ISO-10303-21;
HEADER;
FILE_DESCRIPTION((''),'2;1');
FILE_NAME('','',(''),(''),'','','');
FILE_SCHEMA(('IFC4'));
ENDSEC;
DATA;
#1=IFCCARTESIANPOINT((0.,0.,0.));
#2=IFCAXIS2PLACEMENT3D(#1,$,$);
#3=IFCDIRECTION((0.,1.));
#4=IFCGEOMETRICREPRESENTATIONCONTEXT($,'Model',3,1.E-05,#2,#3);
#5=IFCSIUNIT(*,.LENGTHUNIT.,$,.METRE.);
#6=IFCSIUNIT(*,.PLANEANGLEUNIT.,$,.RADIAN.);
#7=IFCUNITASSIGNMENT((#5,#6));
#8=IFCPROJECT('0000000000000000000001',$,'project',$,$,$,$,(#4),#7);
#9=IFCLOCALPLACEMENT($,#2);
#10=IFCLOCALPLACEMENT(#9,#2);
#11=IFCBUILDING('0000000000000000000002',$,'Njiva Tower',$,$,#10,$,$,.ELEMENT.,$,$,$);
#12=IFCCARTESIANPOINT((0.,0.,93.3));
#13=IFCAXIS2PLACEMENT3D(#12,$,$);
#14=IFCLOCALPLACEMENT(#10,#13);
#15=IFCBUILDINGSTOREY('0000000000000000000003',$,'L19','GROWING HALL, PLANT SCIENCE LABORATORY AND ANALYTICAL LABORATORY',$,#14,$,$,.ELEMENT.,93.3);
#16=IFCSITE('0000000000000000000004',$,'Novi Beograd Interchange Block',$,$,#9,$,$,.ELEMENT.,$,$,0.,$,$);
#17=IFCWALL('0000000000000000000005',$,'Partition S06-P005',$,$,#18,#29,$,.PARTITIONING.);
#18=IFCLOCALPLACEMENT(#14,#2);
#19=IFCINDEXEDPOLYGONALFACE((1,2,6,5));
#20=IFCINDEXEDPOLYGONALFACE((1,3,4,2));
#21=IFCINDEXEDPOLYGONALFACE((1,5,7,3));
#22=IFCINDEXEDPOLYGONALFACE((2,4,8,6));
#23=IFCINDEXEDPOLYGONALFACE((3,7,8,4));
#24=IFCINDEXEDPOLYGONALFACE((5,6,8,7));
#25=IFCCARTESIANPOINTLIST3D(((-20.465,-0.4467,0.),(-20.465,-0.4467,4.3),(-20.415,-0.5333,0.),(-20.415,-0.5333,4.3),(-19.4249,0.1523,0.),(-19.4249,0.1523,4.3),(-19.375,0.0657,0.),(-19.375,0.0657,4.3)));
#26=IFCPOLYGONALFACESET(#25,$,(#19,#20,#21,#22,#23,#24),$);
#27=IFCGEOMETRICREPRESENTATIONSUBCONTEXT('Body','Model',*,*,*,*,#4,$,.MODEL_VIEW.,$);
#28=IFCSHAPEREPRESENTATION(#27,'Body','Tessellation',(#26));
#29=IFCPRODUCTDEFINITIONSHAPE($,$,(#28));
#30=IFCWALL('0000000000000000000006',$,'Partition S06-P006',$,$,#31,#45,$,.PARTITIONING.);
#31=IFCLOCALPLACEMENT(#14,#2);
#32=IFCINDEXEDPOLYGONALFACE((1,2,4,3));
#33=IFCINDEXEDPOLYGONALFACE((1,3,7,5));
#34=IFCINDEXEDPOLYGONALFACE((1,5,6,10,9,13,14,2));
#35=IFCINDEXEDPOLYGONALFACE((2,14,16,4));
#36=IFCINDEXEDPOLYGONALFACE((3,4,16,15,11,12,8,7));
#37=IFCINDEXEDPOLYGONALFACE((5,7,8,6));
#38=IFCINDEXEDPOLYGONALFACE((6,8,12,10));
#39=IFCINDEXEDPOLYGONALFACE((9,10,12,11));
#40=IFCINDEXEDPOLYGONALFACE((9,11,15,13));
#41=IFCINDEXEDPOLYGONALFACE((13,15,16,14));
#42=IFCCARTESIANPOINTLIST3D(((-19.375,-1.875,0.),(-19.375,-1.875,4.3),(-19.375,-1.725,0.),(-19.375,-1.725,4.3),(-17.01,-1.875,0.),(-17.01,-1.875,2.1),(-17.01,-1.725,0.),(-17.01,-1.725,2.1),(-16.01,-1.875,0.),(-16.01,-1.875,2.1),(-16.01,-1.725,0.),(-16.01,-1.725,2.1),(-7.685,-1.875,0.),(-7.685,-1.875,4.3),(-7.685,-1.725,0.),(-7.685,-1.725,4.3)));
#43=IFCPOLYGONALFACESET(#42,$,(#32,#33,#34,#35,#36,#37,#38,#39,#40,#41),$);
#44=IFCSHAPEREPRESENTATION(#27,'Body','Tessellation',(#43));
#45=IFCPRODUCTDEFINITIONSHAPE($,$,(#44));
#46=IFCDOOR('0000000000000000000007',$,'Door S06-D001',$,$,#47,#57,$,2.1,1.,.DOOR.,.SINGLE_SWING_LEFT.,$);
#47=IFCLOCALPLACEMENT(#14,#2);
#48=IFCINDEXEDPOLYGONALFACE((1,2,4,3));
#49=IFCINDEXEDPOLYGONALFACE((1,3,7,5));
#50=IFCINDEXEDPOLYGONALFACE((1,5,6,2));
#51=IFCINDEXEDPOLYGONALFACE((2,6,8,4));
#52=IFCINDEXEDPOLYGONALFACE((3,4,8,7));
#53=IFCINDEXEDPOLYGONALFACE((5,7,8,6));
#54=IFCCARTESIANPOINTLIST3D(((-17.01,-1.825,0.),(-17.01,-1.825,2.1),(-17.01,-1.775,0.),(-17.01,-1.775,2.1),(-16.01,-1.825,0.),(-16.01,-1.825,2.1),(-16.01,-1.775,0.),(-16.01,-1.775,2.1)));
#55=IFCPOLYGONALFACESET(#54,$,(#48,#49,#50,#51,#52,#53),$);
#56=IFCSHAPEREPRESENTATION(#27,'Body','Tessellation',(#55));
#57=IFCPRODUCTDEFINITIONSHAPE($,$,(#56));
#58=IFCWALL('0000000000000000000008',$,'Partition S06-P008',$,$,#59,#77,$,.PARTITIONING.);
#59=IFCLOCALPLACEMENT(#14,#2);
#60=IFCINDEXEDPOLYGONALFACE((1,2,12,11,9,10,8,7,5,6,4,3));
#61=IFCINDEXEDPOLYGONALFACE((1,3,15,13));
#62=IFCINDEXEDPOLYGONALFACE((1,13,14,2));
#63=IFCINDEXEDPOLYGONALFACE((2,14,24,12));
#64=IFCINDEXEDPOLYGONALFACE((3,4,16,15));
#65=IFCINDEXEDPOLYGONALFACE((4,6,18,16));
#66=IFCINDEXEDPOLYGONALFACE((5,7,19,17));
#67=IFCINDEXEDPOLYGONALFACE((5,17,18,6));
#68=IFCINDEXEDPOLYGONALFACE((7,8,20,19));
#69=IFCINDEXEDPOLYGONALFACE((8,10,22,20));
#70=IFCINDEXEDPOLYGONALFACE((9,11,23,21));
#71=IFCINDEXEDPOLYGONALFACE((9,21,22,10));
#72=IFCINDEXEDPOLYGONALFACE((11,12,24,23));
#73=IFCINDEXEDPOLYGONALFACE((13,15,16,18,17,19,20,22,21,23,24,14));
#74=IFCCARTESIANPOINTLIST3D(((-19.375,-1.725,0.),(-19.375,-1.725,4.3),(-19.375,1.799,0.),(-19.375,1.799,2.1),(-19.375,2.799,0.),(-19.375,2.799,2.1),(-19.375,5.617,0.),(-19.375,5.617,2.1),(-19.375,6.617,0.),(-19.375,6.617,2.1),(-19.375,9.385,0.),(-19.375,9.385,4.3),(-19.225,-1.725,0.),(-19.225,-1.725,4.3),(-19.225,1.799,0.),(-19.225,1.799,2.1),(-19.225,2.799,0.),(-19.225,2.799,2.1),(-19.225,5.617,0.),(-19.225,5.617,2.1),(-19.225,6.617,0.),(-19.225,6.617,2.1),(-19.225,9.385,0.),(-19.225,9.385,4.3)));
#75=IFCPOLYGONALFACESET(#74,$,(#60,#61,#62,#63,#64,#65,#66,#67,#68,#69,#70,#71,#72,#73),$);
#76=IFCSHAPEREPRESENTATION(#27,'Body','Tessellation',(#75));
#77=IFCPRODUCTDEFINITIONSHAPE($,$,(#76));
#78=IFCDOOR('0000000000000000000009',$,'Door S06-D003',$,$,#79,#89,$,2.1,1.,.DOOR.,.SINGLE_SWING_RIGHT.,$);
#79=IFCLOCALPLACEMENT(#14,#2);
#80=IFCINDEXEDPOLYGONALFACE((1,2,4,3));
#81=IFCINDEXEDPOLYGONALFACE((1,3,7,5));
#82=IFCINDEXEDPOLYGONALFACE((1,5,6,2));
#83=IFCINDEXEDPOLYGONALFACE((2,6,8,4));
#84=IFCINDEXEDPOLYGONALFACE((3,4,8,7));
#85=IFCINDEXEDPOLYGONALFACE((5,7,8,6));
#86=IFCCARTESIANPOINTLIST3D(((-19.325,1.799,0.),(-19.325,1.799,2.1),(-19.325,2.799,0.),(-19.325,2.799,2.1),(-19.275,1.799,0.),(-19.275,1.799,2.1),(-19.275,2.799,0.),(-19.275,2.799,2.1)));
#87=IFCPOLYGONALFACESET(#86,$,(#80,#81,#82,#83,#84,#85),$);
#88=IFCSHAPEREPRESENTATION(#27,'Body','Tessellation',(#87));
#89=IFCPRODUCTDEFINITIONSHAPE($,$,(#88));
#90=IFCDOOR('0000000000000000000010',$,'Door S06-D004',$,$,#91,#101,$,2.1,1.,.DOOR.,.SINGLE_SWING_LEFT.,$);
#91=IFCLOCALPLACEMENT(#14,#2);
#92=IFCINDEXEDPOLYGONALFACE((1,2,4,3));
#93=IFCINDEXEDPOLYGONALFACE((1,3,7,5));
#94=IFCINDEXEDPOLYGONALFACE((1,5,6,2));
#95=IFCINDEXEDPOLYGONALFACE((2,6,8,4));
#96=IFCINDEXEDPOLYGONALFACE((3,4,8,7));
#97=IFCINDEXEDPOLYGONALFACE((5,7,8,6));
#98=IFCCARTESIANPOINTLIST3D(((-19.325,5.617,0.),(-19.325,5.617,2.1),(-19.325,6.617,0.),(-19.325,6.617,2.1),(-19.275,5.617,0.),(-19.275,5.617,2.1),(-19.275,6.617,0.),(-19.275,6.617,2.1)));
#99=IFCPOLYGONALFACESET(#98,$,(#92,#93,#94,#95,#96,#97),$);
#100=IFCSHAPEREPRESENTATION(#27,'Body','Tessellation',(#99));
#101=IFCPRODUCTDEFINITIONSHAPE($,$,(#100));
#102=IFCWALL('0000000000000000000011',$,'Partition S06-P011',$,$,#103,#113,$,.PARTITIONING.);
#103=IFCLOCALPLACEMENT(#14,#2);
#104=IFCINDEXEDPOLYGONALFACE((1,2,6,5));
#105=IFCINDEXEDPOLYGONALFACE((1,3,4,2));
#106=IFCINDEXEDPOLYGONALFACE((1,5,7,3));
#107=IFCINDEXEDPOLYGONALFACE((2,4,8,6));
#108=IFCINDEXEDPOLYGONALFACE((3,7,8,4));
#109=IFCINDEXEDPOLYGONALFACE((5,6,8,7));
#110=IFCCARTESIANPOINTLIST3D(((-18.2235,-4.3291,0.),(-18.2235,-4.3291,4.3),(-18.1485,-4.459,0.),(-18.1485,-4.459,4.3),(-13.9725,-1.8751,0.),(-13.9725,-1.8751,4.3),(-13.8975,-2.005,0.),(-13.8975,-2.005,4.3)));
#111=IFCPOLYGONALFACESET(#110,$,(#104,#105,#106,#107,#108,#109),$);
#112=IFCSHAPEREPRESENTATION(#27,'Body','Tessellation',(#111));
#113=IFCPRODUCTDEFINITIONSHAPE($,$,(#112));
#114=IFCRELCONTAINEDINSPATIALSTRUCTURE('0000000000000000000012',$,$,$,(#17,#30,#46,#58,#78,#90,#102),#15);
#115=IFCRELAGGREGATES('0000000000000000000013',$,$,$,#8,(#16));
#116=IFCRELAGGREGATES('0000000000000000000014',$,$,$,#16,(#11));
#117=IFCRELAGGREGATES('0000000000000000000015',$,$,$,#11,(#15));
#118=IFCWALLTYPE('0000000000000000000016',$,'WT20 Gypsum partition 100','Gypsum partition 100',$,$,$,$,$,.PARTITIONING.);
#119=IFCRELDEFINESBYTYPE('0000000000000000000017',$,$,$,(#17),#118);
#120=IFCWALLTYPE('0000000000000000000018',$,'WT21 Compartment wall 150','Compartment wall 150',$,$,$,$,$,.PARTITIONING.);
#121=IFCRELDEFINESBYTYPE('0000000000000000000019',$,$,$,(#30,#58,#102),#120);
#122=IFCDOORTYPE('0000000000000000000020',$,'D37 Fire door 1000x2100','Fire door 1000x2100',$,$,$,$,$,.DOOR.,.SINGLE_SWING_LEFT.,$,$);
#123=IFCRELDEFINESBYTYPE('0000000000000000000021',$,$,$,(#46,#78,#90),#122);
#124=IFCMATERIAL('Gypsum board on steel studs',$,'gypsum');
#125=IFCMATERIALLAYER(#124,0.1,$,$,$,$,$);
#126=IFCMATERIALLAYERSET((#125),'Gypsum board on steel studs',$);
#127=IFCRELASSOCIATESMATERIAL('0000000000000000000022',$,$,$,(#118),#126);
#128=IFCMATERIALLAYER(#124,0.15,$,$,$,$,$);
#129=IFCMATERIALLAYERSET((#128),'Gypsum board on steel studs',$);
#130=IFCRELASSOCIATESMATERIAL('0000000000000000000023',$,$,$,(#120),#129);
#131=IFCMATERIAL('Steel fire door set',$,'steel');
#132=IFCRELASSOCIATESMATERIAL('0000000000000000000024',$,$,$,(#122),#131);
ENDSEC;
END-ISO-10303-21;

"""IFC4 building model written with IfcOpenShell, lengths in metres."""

from ifc_helpers import new_model, si_unit, direction, frame, frame_2d, origin, place, context, subcontext, project, spatial, rectangle, extrude, material, layer, layer_set, type_object, element, fill, save


model = new_model("IFC4")

# Units and contexts
model_context = context("Model", 3, precision=1e-05, world=origin(), true_north=direction((0.0, 1.0)))
body_context = subcontext(model_context, "Body", "Model", "MODEL_VIEW")
ifc_project = project(units=[si_unit("LENGTHUNIT", "METRE"), si_unit("PLANEANGLEUNIT", "RADIAN")], contexts=[model_context])

# Site, building, storey
site_placement = place(None, origin())
site = spatial("IfcSite", under=ifc_project, at=site_placement, Name="Novi Beograd Interchange Block", CompositionType="ELEMENT", RefElevation=0.0)
building_placement = place(site_placement, origin())
building = spatial("IfcBuilding", under=site, at=building_placement, Name="Njiva Tower", CompositionType="ELEMENT")
storey_placement = place(building_placement, frame((0.0, 0.0, 93.3)))
storey = spatial("IfcBuildingStorey", under=building, at=storey_placement, Name="L19", Description="GROWING HALL, PLANT SCIENCE LABORATORY AND ANALYTICAL LABORATORY", CompositionType="ELEMENT", Elevation=93.3)

# Wall
ifc_material_1 = material(Name="Gypsum board on steel studs", Category="gypsum")
ifc_layer_1 = layer(ifc_material_1, 0.1)
ifc_layer_set_1 = layer_set([ifc_layer_1], Name="Gypsum board on steel studs")
wall_type_1 = type_object("IfcWallType", Name="WT20 Gypsum partition 100", Description="Gypsum partition 100", PredefinedType="PARTITIONING", material=ifc_layer_set_1)
wall_1_placement = place(storey_placement, frame((-20.44, -0.49, 0.0), z_axis=(0.0, 0.0, 1.0), x_axis=(0.866546, 0.499097, 0.0)))
element("IfcWall", 1, at=wall_1_placement, inside=storey, type_object=wall_type_1, Name="Partition S06-P005", PredefinedType="PARTITIONING", context=body_context, shape_type="SweptSolid", body=[
    extrude(rectangle(XDim=1.2002, YDim=0.1, at=frame_2d((0.6001, 0.0))), origin(), (0.0, 0.0, 1.0), 4.3),
])

# Wall, opening, door
ifc_layer_2 = layer(ifc_material_1, 0.15)
ifc_layer_set_2 = layer_set([ifc_layer_2], Name="Gypsum board on steel studs")
wall_type_2 = type_object("IfcWallType", Name="WT21 Compartment wall 150", Description="Compartment wall 150", PredefinedType="PARTITIONING", material=ifc_layer_set_2)
wall_2_placement = place(storey_placement, frame((-19.375, -1.8, 0.0), z_axis=(0.0, 0.0, 1.0), x_axis=(1.0, 0.0, 0.0)))
wall_2 = element("IfcWall", 2, at=wall_2_placement, inside=storey, type_object=wall_type_2, Name="Partition S06-P006", PredefinedType="PARTITIONING", context=body_context, shape_type="SweptSolid", body=[
    extrude(rectangle(XDim=11.69, YDim=0.15, at=frame_2d((5.845, 0.0))), origin(), (0.0, 0.0, 1.0), 4.3),
])
opening_1_placement = place(wall_2_placement, frame((2.365, 0.0, 0.0)))
opening_1 = element("IfcOpeningElement", 3, at=opening_1_placement, cuts=wall_2, PredefinedType="OPENING", context=body_context, shape_type="SweptSolid", body=[
    extrude(rectangle(XDim=1.0, YDim=2.1, at=frame_2d((0.5, 1.05))), frame((0.0, 0.085, 0.0), z_axis=(0.0, -1.0, 0.0), x_axis=(1.0, 0.0, 0.0)), (0.0, 0.0, 1.0), 0.17),
])
ifc_material_2 = material(Name="Steel fire door set", Category="steel")
door_type_1 = type_object("IfcDoorType", Name="D37 Fire door 1000x2100", Description="Fire door 1000x2100", OperationType="SINGLE_SWING_LEFT", PredefinedType="DOOR", material=ifc_material_2)
door_1_placement = place(opening_1_placement, origin())
door_1 = element("IfcDoor", 4, at=door_1_placement, inside=storey, type_object=door_type_1, Name="Door S06-D001", OperationType="SINGLE_SWING_LEFT", OverallHeight=2.1, OverallWidth=1.0, PredefinedType="DOOR", context=body_context, shape_type="SweptSolid", body=[
    extrude(rectangle(XDim=1.0, YDim=2.1, at=frame_2d((0.5, 1.05))), frame((0.0, 0.025, 0.0), z_axis=(0.0, -1.0, 0.0), x_axis=(1.0, 0.0, 0.0)), (0.0, 0.0, 1.0), 0.05),
])
fill(opening_1, door_1)

# Wall, openings, doors
wall_3_placement = place(storey_placement, frame((-19.3, -1.725, 0.0), z_axis=(0.0, 0.0, 1.0), x_axis=(0.0, 1.0, 0.0)))
wall_3 = element("IfcWall", 5, at=wall_3_placement, inside=storey, type_object=wall_type_2, Name="Partition S06-P008", PredefinedType="PARTITIONING", context=body_context, shape_type="SweptSolid", body=[
    extrude(rectangle(XDim=11.11, YDim=0.15, at=frame_2d((5.555, 0.0))), origin(), (0.0, 0.0, 1.0), 4.3),
])
opening_2_placement = place(wall_3_placement, frame((3.524, 0.0, 0.0)))
opening_2 = element("IfcOpeningElement", 6, at=opening_2_placement, cuts=wall_3, PredefinedType="OPENING", context=body_context, shape_type="SweptSolid", body=[
    extrude(rectangle(XDim=1.0, YDim=2.1, at=frame_2d((0.5, 1.05))), frame((0.0, 0.085, 0.0), z_axis=(0.0, -1.0, 0.0), x_axis=(1.0, 0.0, 0.0)), (0.0, 0.0, 1.0), 0.17),
])
opening_3_placement = place(wall_3_placement, frame((7.342, 0.0, 0.0)))
opening_3 = element("IfcOpeningElement", 7, at=opening_3_placement, cuts=wall_3, PredefinedType="OPENING", context=body_context, shape_type="SweptSolid", body=[
    extrude(rectangle(XDim=1.0, YDim=2.1, at=frame_2d((0.5, 1.05))), frame((0.0, 0.085, 0.0), z_axis=(0.0, -1.0, 0.0), x_axis=(1.0, 0.0, 0.0)), (0.0, 0.0, 1.0), 0.17),
])
door_2_placement = place(opening_2_placement, origin())
door_2 = element("IfcDoor", 8, at=door_2_placement, inside=storey, type_object=door_type_1, Name="Door S06-D003", OperationType="SINGLE_SWING_RIGHT", OverallHeight=2.1, OverallWidth=1.0, PredefinedType="DOOR", context=body_context, shape_type="SweptSolid", body=[
    extrude(rectangle(XDim=1.0, YDim=2.1, at=frame_2d((0.5, 1.05))), frame((0.0, 0.025, 0.0), z_axis=(0.0, -1.0, 0.0), x_axis=(1.0, 0.0, 0.0)), (0.0, 0.0, 1.0), 0.05),
])
fill(opening_2, door_2)
door_3_placement = place(opening_3_placement, origin())
door_3 = element("IfcDoor", 9, at=door_3_placement, inside=storey, type_object=door_type_1, Name="Door S06-D004", OperationType="SINGLE_SWING_LEFT", OverallHeight=2.1, OverallWidth=1.0, PredefinedType="DOOR", context=body_context, shape_type="SweptSolid", body=[
    extrude(rectangle(XDim=1.0, YDim=2.1, at=frame_2d((0.5, 1.05))), frame((0.0, 0.025, 0.0), z_axis=(0.0, -1.0, 0.0), x_axis=(1.0, 0.0, 0.0)), (0.0, 0.0, 1.0), 0.05),
])
fill(opening_3, door_3)

# Wall
wall_4_placement = place(storey_placement, frame((-18.186, -4.394, 0.0), z_axis=(0.0, 0.0, 1.0), x_axis=(0.866053, 0.499952, 0.0)))
element("IfcWall", 10, at=wall_4_placement, inside=storey, type_object=wall_type_2, Name="Partition S06-P011", PredefinedType="PARTITIONING", context=body_context, shape_type="SweptSolid", body=[
    extrude(rectangle(XDim=4.9085, YDim=0.15, at=frame_2d((2.4542, 0.0))), origin(), (0.0, 0.0, 1.0), 4.3),
])

save(model, "model.ifc")
